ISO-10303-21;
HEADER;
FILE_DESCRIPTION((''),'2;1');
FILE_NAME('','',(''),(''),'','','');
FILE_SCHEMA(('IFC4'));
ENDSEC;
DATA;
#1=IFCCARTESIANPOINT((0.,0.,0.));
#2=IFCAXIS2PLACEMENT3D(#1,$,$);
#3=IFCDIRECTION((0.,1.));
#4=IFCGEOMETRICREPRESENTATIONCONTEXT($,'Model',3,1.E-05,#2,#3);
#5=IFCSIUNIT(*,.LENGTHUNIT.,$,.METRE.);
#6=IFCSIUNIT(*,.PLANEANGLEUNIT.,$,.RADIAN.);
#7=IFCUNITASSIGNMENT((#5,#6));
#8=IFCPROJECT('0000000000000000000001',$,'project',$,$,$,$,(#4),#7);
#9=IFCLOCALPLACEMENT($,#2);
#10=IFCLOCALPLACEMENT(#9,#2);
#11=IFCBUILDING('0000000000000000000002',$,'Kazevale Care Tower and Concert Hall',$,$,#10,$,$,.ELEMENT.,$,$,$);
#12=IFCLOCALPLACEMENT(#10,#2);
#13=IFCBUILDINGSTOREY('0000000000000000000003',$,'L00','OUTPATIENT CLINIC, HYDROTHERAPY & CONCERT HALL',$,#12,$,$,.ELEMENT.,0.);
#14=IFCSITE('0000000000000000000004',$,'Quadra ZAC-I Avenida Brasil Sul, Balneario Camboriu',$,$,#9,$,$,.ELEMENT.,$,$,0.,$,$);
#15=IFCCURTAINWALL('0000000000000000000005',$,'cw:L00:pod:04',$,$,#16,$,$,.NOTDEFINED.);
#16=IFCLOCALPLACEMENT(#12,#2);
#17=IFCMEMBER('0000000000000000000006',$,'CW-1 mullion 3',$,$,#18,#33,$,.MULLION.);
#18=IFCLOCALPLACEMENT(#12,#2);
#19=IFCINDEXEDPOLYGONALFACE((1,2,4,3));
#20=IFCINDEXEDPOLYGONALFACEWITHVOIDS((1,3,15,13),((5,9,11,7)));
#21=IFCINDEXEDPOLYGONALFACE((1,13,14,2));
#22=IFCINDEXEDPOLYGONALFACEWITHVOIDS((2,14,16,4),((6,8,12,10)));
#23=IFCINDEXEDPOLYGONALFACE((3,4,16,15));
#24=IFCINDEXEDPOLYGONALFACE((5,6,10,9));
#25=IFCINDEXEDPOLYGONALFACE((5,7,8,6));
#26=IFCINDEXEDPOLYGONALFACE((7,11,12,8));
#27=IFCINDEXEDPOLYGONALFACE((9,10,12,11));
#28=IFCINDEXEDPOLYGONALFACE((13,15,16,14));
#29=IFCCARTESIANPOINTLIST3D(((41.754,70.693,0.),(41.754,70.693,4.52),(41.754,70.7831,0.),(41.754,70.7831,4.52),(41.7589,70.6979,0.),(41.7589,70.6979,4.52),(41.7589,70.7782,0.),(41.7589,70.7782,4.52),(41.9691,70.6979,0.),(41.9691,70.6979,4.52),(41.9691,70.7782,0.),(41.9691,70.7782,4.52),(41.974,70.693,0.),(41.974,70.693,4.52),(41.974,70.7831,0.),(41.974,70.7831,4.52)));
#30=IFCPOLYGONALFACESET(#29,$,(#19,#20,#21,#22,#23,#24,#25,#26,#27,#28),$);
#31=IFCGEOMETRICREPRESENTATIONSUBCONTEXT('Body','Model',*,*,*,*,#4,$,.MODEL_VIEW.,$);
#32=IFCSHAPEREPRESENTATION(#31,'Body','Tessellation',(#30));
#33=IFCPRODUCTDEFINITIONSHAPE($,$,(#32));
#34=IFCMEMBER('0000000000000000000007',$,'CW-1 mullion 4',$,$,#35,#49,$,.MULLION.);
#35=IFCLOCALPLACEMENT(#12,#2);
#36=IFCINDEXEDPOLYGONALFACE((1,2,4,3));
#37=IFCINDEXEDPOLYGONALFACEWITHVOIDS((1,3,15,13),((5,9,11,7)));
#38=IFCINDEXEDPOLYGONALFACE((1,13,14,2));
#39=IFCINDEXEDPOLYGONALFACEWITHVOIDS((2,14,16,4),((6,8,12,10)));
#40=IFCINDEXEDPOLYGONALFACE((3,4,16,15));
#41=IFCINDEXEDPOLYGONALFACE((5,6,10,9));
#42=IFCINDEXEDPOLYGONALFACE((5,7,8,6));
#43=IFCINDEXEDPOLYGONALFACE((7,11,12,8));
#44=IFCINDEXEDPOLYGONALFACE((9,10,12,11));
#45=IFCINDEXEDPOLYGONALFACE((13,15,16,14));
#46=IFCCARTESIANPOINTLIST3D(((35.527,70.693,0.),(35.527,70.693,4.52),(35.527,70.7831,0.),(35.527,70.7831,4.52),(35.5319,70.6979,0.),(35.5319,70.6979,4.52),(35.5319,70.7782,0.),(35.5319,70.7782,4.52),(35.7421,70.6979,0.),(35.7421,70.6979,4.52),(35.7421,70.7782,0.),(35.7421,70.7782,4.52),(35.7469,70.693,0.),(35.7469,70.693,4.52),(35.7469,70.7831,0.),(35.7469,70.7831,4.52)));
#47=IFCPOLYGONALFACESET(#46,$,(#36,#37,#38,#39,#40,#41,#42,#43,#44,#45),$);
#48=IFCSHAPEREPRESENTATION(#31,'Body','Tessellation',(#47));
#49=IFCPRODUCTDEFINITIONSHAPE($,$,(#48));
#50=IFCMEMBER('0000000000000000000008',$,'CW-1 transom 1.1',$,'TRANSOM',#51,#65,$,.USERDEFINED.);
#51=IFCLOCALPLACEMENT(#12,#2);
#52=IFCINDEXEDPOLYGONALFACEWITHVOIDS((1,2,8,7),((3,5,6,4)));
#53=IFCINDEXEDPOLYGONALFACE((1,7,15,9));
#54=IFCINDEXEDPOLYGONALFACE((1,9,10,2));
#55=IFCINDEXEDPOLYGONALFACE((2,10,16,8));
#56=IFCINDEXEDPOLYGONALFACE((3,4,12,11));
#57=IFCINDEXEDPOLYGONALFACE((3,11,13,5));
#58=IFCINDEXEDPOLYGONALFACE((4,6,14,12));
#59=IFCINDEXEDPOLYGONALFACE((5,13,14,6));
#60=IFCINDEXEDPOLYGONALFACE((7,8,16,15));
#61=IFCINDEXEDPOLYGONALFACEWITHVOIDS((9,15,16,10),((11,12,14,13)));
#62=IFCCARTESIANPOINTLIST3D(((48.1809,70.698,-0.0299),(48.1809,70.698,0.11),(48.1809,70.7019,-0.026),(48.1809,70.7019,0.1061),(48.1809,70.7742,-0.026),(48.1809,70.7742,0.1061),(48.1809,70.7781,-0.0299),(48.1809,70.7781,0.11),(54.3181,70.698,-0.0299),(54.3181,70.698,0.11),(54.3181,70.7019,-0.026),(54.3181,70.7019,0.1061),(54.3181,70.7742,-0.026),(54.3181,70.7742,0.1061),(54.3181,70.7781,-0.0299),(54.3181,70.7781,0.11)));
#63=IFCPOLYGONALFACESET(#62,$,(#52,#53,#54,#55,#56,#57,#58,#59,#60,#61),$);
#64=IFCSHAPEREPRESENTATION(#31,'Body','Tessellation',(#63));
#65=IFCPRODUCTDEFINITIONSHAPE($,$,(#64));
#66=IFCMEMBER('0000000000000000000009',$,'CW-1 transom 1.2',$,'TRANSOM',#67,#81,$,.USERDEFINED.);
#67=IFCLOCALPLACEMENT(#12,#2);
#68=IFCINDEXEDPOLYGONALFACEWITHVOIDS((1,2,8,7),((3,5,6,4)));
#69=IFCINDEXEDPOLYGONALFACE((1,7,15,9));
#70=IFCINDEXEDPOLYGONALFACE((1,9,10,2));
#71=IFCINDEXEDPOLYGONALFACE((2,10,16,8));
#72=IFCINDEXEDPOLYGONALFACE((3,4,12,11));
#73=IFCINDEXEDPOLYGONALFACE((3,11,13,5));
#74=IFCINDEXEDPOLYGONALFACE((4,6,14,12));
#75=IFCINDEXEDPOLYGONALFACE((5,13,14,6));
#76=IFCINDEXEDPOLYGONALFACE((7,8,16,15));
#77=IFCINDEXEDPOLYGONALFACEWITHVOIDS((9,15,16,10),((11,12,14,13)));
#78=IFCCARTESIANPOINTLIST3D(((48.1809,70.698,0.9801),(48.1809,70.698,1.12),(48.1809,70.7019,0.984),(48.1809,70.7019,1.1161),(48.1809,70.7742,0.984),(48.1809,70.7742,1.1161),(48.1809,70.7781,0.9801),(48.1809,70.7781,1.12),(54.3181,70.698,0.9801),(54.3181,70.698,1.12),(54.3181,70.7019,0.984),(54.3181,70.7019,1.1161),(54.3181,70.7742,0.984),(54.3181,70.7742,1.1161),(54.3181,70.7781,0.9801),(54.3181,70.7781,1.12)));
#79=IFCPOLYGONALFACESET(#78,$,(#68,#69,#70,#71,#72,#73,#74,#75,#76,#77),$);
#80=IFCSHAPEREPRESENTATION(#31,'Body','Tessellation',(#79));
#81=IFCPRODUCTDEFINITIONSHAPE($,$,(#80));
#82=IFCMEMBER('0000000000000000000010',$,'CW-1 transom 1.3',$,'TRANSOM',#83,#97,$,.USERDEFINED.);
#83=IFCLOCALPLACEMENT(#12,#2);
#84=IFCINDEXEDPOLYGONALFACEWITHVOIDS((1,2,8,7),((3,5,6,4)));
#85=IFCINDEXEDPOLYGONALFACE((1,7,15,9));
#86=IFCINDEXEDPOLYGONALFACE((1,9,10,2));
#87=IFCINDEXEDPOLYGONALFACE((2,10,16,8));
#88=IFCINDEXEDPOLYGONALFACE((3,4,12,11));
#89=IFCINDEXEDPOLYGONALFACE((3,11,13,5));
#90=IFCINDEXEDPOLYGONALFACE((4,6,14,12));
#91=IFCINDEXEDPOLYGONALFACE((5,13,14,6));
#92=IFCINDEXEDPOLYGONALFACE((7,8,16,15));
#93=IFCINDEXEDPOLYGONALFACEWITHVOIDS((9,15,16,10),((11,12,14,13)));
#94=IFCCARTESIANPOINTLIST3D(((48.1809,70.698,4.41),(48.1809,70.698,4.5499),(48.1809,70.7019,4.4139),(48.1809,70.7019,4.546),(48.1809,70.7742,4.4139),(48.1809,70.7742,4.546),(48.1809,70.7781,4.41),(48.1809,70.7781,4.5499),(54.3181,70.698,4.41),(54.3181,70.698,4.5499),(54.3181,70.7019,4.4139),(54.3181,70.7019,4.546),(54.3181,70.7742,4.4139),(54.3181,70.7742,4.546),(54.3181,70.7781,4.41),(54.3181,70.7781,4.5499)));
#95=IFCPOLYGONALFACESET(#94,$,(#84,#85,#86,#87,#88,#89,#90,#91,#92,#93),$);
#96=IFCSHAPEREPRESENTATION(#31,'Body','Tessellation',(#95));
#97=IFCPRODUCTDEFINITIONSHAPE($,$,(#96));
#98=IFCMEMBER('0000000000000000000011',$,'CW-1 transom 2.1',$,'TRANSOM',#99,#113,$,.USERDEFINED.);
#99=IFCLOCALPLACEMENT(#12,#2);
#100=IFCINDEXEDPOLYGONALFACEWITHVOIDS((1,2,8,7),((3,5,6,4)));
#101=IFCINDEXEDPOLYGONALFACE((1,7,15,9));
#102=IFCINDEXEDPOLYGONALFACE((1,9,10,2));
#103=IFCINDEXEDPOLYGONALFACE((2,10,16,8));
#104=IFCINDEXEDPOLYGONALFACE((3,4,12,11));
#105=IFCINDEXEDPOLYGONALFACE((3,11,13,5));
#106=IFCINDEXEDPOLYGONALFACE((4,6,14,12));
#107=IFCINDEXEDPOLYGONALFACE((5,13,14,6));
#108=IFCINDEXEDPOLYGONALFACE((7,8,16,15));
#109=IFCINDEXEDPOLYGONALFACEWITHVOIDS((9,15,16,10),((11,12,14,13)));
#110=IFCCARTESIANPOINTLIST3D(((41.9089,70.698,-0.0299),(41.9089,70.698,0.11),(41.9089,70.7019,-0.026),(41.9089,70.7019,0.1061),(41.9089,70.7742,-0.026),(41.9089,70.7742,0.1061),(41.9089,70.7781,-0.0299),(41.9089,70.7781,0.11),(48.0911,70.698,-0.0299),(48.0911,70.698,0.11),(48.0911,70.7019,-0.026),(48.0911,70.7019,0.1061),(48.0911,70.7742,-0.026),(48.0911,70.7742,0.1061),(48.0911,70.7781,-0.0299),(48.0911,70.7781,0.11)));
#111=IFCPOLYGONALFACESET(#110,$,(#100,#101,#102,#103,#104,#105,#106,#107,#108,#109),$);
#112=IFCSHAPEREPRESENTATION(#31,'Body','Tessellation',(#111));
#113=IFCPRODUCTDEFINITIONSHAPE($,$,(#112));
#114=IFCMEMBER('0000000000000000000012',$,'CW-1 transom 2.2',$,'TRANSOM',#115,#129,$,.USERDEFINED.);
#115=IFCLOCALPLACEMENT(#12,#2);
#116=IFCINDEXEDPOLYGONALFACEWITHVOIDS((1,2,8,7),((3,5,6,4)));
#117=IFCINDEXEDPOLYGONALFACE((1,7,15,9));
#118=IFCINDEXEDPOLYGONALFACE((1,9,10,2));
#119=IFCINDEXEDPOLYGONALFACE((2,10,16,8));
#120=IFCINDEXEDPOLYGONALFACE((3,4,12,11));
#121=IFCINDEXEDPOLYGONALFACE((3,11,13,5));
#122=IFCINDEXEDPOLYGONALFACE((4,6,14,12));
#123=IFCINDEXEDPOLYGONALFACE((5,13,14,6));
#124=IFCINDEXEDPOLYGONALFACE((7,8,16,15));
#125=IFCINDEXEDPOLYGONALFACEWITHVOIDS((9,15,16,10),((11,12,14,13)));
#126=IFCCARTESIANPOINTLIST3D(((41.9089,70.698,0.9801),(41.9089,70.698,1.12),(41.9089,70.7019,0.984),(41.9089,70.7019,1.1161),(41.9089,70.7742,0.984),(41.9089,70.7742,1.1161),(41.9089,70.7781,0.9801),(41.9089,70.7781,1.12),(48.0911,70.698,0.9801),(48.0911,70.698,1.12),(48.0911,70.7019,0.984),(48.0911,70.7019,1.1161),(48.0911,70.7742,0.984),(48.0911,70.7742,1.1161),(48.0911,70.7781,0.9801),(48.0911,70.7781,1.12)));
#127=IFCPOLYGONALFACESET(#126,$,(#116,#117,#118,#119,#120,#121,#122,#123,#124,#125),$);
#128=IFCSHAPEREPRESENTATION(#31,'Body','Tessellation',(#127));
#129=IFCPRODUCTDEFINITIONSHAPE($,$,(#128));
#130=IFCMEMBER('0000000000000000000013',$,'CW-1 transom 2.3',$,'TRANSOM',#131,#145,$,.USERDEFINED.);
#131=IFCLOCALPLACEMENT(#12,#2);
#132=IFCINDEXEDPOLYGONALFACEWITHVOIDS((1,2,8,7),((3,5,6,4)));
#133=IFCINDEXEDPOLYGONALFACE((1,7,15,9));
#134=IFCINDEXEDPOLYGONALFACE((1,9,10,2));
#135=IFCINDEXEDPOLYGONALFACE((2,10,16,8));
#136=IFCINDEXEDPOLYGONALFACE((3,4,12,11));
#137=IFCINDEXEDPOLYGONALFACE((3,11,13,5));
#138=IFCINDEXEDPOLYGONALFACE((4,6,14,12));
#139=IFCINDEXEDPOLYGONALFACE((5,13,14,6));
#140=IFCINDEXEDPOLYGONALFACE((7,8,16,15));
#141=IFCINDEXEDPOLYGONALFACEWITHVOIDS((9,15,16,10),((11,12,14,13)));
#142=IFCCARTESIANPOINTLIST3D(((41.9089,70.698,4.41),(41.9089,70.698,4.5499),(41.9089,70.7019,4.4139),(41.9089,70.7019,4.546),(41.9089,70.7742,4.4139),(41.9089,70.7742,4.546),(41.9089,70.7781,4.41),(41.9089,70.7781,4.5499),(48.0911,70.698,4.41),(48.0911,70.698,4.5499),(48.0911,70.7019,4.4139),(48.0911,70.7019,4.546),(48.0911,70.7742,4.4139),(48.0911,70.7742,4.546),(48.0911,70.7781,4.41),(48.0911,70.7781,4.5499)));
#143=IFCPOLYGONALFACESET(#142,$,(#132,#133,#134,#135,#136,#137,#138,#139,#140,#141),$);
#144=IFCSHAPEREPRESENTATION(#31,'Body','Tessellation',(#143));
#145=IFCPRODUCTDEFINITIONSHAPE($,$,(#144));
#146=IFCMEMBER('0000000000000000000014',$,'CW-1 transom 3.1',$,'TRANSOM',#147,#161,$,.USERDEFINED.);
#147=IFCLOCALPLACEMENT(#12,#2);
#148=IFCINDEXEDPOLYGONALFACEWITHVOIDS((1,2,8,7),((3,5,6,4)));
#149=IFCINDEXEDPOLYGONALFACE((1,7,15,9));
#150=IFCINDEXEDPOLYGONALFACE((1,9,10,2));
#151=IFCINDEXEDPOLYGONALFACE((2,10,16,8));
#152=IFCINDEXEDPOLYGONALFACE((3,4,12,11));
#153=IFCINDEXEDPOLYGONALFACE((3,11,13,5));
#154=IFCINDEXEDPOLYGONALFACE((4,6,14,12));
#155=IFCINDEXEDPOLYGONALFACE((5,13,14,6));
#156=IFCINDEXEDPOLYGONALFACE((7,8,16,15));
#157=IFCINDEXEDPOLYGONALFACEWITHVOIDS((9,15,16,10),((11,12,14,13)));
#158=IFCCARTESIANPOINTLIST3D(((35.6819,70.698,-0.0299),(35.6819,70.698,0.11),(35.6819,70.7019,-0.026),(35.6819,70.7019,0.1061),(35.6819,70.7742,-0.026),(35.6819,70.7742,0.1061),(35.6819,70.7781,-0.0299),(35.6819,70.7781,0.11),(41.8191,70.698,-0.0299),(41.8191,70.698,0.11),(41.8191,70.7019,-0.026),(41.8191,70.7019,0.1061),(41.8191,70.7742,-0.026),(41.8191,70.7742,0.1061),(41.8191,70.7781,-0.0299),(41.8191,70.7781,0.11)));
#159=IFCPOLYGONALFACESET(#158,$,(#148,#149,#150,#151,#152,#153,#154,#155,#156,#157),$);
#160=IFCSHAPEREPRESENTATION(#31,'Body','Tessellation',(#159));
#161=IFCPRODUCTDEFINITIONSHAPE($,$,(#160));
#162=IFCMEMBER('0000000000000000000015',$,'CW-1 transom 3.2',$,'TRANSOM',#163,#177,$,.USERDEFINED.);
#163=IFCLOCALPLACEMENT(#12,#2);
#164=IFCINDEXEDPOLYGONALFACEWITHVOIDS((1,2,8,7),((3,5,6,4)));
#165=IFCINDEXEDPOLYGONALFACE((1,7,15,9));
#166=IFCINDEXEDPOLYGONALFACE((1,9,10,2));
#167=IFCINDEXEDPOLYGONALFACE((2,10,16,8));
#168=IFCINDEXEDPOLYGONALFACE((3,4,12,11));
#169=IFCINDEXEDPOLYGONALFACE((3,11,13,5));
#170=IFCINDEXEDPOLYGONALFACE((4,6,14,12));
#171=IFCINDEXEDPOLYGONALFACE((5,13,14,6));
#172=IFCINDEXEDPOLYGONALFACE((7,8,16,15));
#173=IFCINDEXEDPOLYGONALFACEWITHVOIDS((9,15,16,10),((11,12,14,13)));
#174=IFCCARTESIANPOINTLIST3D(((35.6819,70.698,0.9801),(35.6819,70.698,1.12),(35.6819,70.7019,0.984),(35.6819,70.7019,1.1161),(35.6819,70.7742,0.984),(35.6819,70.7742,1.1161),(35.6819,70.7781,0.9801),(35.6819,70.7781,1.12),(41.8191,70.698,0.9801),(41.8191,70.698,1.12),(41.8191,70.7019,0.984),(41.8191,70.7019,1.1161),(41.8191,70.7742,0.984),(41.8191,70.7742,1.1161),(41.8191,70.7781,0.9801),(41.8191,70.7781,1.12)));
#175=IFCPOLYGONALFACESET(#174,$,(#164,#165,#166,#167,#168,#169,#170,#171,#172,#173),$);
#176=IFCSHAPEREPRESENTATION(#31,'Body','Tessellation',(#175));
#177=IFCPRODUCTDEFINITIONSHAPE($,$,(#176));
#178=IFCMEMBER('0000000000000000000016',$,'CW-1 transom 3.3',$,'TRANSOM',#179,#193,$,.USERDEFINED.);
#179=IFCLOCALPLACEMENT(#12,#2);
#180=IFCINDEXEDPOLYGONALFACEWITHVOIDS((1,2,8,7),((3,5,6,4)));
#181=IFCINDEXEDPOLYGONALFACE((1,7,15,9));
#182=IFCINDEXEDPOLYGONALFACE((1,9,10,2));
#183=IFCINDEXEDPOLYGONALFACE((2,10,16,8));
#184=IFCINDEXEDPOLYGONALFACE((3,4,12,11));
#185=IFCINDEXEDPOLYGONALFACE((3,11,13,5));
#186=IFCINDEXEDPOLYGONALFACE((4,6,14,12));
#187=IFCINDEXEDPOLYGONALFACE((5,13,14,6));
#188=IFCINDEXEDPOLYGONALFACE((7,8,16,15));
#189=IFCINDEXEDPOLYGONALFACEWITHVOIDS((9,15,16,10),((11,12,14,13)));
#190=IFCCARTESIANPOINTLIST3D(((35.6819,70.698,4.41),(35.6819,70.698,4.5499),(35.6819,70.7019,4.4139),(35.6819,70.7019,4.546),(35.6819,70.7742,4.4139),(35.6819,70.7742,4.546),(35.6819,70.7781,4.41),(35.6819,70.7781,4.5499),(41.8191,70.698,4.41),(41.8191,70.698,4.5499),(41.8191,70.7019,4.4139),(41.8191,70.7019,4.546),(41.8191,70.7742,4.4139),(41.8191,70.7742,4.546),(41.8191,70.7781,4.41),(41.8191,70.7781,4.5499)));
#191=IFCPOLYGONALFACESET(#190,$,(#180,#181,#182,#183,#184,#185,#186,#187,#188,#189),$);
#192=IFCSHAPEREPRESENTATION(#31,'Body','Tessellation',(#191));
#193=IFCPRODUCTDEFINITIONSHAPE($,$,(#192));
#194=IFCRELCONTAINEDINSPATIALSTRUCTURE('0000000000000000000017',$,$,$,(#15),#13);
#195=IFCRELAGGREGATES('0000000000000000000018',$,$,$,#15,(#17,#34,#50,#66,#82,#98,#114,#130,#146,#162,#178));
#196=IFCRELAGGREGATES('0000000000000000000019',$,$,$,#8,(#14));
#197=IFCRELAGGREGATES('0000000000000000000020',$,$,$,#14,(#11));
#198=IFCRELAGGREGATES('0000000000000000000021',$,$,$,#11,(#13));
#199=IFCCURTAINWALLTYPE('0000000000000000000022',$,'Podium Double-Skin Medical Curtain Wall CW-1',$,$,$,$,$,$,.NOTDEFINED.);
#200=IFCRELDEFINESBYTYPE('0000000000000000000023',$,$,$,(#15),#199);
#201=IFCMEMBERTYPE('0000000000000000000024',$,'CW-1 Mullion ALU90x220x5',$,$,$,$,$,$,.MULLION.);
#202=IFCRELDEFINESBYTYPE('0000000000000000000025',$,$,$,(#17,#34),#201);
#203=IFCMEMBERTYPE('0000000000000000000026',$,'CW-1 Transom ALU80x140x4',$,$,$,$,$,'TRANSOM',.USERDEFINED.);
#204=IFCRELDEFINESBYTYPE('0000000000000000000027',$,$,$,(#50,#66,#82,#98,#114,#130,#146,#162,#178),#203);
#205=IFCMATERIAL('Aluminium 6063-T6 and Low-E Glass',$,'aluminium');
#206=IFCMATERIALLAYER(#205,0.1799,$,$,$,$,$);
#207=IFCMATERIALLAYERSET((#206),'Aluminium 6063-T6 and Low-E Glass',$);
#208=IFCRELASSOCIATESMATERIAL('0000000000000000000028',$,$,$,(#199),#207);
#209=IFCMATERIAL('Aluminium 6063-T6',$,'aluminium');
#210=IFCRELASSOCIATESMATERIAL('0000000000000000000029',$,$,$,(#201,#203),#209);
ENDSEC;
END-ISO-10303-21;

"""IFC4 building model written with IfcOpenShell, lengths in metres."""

from ifc_helpers import new_model, si_unit, direction, frame, origin, origin_2d, place, context, subcontext, project, spatial, hollow_rectangle, extrude, material, layer, layer_set, material_profile, profile_set, type_object, element, aggregate, save


model = new_model("IFC4")

# Units and contexts
model_context = context("Model", 3, precision=1e-05, world=origin(), true_north=direction((0.0, 1.0)))
body_context = subcontext(model_context, "Body", "Model", "MODEL_VIEW")
ifc_project = project(units=[si_unit("LENGTHUNIT", "METRE"), si_unit("PLANEANGLEUNIT", "RADIAN")], contexts=[model_context])

# Site, building, storey
site_placement = place(None, origin())
site = spatial("IfcSite", under=ifc_project, at=site_placement, Name="Quadra ZAC-I Avenida Brasil Sul, Balneario Camboriu", CompositionType="ELEMENT", RefElevation=0.0)
building_placement = place(site_placement, origin())
building = spatial("IfcBuilding", under=site, at=building_placement, Name="Kazevale Care Tower and Concert Hall", CompositionType="ELEMENT")
storey_placement = place(building_placement, origin())
storey = spatial("IfcBuildingStorey", under=building, at=storey_placement, Name="L00", Description="OUTPATIENT CLINIC, HYDROTHERAPY & CONCERT HALL", CompositionType="ELEMENT", Elevation=0.0)

# Curtain wall, members
ifc_material_1 = material(Name="Aluminium 6063-T6 and Low-E Glass", Category="aluminium")
ifc_layer_1 = layer(ifc_material_1, 0.1799)
ifc_layer_set_1 = layer_set([ifc_layer_1], Name="Aluminium 6063-T6 and Low-E Glass")
curtain_wall_type = type_object("IfcCurtainWallType", Name="Podium Double-Skin Medical Curtain Wall CW-1", PredefinedType="NOTDEFINED", material=ifc_layer_set_1)
curtain_wall_placement = place(storey_placement, origin())
curtain_wall = element("IfcCurtainWall", 1, at=curtain_wall_placement, inside=storey, type_object=curtain_wall_type, Name="cw:L00:pod:04", PredefinedType="NOTDEFINED")
ifc_material_2 = material(Name="Aluminium 6063-T6", Category="aluminium")
ifc_material_profile_1 = material_profile(ifc_material_2, hollow_rectangle(XDim=0.0901, YDim=0.22, WallThickness=0.0049, at=origin_2d()), Name="ALU90x220x5")
ifc_profile_set_1 = profile_set([ifc_material_profile_1], Name="Aluminium 6063-T6")
member_type_1 = type_object("IfcMemberType", Name="CW-1 Mullion ALU90x220x5", PredefinedType="MULLION", material=ifc_profile_set_1)
member_1_placement = place(storey_placement, frame((41.864, 70.738, 0.0), z_axis=(0.0, 0.0, 1.0), x_axis=(0.0, -1.0, 0.0)))
member_1 = element("IfcMember", 2, at=member_1_placement, type_object=member_type_1, Name="CW-1 mullion 3", PredefinedType="MULLION", context=body_context, shape_type="SweptSolid", body=[
    extrude(hollow_rectangle(XDim=0.0901, YDim=0.22, WallThickness=0.0049, at=origin_2d()), origin(), (0.0, 0.0, 1.0), 4.52),
])
member_2_placement = place(storey_placement, frame((35.637, 70.738, 0.0), z_axis=(0.0, 0.0, 1.0), x_axis=(0.0, -1.0, 0.0)))
member_2 = element("IfcMember", 3, at=member_2_placement, type_object=member_type_1, Name="CW-1 mullion 4", PredefinedType="MULLION", context=body_context, shape_type="SweptSolid", body=[
    extrude(hollow_rectangle(XDim=0.0901, YDim=0.22, WallThickness=0.0049, at=origin_2d()), origin(), (0.0, 0.0, 1.0), 4.52),
])
ifc_material_profile_2 = material_profile(ifc_material_2, hollow_rectangle(XDim=0.0801, YDim=0.1399, WallThickness=0.0039, at=origin_2d()), Name="ALU80x140x4")
ifc_profile_set_2 = profile_set([ifc_material_profile_2], Name="Aluminium 6063-T6")
member_type_2 = type_object("IfcMemberType", Name="CW-1 Transom ALU80x140x4", ElementType="TRANSOM", PredefinedType="USERDEFINED", material=ifc_profile_set_2)
member_3_placement = place(storey_placement, frame((54.3181, 70.738, 0.04), z_axis=(-1.0, 0.0, 0.0), x_axis=(0.0, -1.0, 0.0)))
member_3 = element("IfcMember", 4, at=member_3_placement, type_object=member_type_2, Name="CW-1 transom 1.1", ObjectType="TRANSOM", PredefinedType="USERDEFINED", context=body_context, shape_type="SweptSolid", body=[
    extrude(hollow_rectangle(XDim=0.0801, YDim=0.1399, WallThickness=0.0039, at=origin_2d()), origin(), (0.0, 0.0, 1.0), 6.1372),
])
member_4_placement = place(storey_placement, frame((54.3181, 70.738, 1.05), z_axis=(-1.0, 0.0, 0.0), x_axis=(0.0, -1.0, 0.0)))
member_4 = element("IfcMember", 5, at=member_4_placement, type_object=member_type_2, Name="CW-1 transom 1.2", ObjectType="TRANSOM", PredefinedType="USERDEFINED", context=body_context, shape_type="SweptSolid", body=[
    extrude(hollow_rectangle(XDim=0.0801, YDim=0.1399, WallThickness=0.0039, at=origin_2d()), origin(), (0.0, 0.0, 1.0), 6.1372),
])
member_5_placement = place(storey_placement, frame((54.3181, 70.738, 4.48), z_axis=(-1.0, 0.0, 0.0), x_axis=(0.0, -1.0, 0.0)))
member_5 = element("IfcMember", 6, at=member_5_placement, type_object=member_type_2, Name="CW-1 transom 1.3", ObjectType="TRANSOM", PredefinedType="USERDEFINED", context=body_context, shape_type="SweptSolid", body=[
    extrude(hollow_rectangle(XDim=0.0801, YDim=0.1399, WallThickness=0.0039, at=origin_2d()), origin(), (0.0, 0.0, 1.0), 6.1372),
])
member_6_placement = place(storey_placement, frame((48.0911, 70.738, 0.04), z_axis=(-1.0, 0.0, 0.0), x_axis=(0.0, -1.0, 0.0)))
member_6 = element("IfcMember", 7, at=member_6_placement, type_object=member_type_2, Name="CW-1 transom 2.1", ObjectType="TRANSOM", PredefinedType="USERDEFINED", context=body_context, shape_type="SweptSolid", body=[
    extrude(hollow_rectangle(XDim=0.0801, YDim=0.1399, WallThickness=0.0039, at=origin_2d()), origin(), (0.0, 0.0, 1.0), 6.1821),
])
member_7_placement = place(storey_placement, frame((48.0911, 70.738, 1.05), z_axis=(-1.0, 0.0, 0.0), x_axis=(0.0, -1.0, 0.0)))
member_7 = element("IfcMember", 8, at=member_7_placement, type_object=member_type_2, Name="CW-1 transom 2.2", ObjectType="TRANSOM", PredefinedType="USERDEFINED", context=body_context, shape_type="SweptSolid", body=[
    extrude(hollow_rectangle(XDim=0.0801, YDim=0.1399, WallThickness=0.0039, at=origin_2d()), origin(), (0.0, 0.0, 1.0), 6.1821),
])
member_8_placement = place(storey_placement, frame((48.0911, 70.738, 4.48), z_axis=(-1.0, 0.0, 0.0), x_axis=(0.0, -1.0, 0.0)))
member_8 = element("IfcMember", 9, at=member_8_placement, type_object=member_type_2, Name="CW-1 transom 2.3", ObjectType="TRANSOM", PredefinedType="USERDEFINED", context=body_context, shape_type="SweptSolid", body=[
    extrude(hollow_rectangle(XDim=0.0801, YDim=0.1399, WallThickness=0.0039, at=origin_2d()), origin(), (0.0, 0.0, 1.0), 6.1821),
])
member_9_placement = place(storey_placement, frame((41.8191, 70.738, 0.04), z_axis=(-1.0, 0.0, 0.0), x_axis=(0.0, -1.0, 0.0)))
member_9 = element("IfcMember", 10, at=member_9_placement, type_object=member_type_2, Name="CW-1 transom 3.1", ObjectType="TRANSOM", PredefinedType="USERDEFINED", context=body_context, shape_type="SweptSolid", body=[
    extrude(hollow_rectangle(XDim=0.0801, YDim=0.1399, WallThickness=0.0039, at=origin_2d()), origin(), (0.0, 0.0, 1.0), 6.1372),
])
member_10_placement = place(storey_placement, frame((41.8191, 70.738, 1.05), z_axis=(-1.0, 0.0, 0.0), x_axis=(0.0, -1.0, 0.0)))
member_10 = element("IfcMember", 11, at=member_10_placement, type_object=member_type_2, Name="CW-1 transom 3.2", ObjectType="TRANSOM", PredefinedType="USERDEFINED", context=body_context, shape_type="SweptSolid", body=[
    extrude(hollow_rectangle(XDim=0.0801, YDim=0.1399, WallThickness=0.0039, at=origin_2d()), origin(), (0.0, 0.0, 1.0), 6.1372),
])
member_11_placement = place(storey_placement, frame((41.8191, 70.738, 4.48), z_axis=(-1.0, 0.0, 0.0), x_axis=(0.0, -1.0, 0.0)))
member_11 = element("IfcMember", 12, at=member_11_placement, type_object=member_type_2, Name="CW-1 transom 3.3", ObjectType="TRANSOM", PredefinedType="USERDEFINED", context=body_context, shape_type="SweptSolid", body=[
    extrude(hollow_rectangle(XDim=0.0801, YDim=0.1399, WallThickness=0.0039, at=origin_2d()), origin(), (0.0, 0.0, 1.0), 6.1372),
])

aggregate(curtain_wall, [member_1, member_2, member_3, member_4, member_5, member_6, member_7, member_8, member_9, member_10, member_11])

save(model, "model.ifc")
